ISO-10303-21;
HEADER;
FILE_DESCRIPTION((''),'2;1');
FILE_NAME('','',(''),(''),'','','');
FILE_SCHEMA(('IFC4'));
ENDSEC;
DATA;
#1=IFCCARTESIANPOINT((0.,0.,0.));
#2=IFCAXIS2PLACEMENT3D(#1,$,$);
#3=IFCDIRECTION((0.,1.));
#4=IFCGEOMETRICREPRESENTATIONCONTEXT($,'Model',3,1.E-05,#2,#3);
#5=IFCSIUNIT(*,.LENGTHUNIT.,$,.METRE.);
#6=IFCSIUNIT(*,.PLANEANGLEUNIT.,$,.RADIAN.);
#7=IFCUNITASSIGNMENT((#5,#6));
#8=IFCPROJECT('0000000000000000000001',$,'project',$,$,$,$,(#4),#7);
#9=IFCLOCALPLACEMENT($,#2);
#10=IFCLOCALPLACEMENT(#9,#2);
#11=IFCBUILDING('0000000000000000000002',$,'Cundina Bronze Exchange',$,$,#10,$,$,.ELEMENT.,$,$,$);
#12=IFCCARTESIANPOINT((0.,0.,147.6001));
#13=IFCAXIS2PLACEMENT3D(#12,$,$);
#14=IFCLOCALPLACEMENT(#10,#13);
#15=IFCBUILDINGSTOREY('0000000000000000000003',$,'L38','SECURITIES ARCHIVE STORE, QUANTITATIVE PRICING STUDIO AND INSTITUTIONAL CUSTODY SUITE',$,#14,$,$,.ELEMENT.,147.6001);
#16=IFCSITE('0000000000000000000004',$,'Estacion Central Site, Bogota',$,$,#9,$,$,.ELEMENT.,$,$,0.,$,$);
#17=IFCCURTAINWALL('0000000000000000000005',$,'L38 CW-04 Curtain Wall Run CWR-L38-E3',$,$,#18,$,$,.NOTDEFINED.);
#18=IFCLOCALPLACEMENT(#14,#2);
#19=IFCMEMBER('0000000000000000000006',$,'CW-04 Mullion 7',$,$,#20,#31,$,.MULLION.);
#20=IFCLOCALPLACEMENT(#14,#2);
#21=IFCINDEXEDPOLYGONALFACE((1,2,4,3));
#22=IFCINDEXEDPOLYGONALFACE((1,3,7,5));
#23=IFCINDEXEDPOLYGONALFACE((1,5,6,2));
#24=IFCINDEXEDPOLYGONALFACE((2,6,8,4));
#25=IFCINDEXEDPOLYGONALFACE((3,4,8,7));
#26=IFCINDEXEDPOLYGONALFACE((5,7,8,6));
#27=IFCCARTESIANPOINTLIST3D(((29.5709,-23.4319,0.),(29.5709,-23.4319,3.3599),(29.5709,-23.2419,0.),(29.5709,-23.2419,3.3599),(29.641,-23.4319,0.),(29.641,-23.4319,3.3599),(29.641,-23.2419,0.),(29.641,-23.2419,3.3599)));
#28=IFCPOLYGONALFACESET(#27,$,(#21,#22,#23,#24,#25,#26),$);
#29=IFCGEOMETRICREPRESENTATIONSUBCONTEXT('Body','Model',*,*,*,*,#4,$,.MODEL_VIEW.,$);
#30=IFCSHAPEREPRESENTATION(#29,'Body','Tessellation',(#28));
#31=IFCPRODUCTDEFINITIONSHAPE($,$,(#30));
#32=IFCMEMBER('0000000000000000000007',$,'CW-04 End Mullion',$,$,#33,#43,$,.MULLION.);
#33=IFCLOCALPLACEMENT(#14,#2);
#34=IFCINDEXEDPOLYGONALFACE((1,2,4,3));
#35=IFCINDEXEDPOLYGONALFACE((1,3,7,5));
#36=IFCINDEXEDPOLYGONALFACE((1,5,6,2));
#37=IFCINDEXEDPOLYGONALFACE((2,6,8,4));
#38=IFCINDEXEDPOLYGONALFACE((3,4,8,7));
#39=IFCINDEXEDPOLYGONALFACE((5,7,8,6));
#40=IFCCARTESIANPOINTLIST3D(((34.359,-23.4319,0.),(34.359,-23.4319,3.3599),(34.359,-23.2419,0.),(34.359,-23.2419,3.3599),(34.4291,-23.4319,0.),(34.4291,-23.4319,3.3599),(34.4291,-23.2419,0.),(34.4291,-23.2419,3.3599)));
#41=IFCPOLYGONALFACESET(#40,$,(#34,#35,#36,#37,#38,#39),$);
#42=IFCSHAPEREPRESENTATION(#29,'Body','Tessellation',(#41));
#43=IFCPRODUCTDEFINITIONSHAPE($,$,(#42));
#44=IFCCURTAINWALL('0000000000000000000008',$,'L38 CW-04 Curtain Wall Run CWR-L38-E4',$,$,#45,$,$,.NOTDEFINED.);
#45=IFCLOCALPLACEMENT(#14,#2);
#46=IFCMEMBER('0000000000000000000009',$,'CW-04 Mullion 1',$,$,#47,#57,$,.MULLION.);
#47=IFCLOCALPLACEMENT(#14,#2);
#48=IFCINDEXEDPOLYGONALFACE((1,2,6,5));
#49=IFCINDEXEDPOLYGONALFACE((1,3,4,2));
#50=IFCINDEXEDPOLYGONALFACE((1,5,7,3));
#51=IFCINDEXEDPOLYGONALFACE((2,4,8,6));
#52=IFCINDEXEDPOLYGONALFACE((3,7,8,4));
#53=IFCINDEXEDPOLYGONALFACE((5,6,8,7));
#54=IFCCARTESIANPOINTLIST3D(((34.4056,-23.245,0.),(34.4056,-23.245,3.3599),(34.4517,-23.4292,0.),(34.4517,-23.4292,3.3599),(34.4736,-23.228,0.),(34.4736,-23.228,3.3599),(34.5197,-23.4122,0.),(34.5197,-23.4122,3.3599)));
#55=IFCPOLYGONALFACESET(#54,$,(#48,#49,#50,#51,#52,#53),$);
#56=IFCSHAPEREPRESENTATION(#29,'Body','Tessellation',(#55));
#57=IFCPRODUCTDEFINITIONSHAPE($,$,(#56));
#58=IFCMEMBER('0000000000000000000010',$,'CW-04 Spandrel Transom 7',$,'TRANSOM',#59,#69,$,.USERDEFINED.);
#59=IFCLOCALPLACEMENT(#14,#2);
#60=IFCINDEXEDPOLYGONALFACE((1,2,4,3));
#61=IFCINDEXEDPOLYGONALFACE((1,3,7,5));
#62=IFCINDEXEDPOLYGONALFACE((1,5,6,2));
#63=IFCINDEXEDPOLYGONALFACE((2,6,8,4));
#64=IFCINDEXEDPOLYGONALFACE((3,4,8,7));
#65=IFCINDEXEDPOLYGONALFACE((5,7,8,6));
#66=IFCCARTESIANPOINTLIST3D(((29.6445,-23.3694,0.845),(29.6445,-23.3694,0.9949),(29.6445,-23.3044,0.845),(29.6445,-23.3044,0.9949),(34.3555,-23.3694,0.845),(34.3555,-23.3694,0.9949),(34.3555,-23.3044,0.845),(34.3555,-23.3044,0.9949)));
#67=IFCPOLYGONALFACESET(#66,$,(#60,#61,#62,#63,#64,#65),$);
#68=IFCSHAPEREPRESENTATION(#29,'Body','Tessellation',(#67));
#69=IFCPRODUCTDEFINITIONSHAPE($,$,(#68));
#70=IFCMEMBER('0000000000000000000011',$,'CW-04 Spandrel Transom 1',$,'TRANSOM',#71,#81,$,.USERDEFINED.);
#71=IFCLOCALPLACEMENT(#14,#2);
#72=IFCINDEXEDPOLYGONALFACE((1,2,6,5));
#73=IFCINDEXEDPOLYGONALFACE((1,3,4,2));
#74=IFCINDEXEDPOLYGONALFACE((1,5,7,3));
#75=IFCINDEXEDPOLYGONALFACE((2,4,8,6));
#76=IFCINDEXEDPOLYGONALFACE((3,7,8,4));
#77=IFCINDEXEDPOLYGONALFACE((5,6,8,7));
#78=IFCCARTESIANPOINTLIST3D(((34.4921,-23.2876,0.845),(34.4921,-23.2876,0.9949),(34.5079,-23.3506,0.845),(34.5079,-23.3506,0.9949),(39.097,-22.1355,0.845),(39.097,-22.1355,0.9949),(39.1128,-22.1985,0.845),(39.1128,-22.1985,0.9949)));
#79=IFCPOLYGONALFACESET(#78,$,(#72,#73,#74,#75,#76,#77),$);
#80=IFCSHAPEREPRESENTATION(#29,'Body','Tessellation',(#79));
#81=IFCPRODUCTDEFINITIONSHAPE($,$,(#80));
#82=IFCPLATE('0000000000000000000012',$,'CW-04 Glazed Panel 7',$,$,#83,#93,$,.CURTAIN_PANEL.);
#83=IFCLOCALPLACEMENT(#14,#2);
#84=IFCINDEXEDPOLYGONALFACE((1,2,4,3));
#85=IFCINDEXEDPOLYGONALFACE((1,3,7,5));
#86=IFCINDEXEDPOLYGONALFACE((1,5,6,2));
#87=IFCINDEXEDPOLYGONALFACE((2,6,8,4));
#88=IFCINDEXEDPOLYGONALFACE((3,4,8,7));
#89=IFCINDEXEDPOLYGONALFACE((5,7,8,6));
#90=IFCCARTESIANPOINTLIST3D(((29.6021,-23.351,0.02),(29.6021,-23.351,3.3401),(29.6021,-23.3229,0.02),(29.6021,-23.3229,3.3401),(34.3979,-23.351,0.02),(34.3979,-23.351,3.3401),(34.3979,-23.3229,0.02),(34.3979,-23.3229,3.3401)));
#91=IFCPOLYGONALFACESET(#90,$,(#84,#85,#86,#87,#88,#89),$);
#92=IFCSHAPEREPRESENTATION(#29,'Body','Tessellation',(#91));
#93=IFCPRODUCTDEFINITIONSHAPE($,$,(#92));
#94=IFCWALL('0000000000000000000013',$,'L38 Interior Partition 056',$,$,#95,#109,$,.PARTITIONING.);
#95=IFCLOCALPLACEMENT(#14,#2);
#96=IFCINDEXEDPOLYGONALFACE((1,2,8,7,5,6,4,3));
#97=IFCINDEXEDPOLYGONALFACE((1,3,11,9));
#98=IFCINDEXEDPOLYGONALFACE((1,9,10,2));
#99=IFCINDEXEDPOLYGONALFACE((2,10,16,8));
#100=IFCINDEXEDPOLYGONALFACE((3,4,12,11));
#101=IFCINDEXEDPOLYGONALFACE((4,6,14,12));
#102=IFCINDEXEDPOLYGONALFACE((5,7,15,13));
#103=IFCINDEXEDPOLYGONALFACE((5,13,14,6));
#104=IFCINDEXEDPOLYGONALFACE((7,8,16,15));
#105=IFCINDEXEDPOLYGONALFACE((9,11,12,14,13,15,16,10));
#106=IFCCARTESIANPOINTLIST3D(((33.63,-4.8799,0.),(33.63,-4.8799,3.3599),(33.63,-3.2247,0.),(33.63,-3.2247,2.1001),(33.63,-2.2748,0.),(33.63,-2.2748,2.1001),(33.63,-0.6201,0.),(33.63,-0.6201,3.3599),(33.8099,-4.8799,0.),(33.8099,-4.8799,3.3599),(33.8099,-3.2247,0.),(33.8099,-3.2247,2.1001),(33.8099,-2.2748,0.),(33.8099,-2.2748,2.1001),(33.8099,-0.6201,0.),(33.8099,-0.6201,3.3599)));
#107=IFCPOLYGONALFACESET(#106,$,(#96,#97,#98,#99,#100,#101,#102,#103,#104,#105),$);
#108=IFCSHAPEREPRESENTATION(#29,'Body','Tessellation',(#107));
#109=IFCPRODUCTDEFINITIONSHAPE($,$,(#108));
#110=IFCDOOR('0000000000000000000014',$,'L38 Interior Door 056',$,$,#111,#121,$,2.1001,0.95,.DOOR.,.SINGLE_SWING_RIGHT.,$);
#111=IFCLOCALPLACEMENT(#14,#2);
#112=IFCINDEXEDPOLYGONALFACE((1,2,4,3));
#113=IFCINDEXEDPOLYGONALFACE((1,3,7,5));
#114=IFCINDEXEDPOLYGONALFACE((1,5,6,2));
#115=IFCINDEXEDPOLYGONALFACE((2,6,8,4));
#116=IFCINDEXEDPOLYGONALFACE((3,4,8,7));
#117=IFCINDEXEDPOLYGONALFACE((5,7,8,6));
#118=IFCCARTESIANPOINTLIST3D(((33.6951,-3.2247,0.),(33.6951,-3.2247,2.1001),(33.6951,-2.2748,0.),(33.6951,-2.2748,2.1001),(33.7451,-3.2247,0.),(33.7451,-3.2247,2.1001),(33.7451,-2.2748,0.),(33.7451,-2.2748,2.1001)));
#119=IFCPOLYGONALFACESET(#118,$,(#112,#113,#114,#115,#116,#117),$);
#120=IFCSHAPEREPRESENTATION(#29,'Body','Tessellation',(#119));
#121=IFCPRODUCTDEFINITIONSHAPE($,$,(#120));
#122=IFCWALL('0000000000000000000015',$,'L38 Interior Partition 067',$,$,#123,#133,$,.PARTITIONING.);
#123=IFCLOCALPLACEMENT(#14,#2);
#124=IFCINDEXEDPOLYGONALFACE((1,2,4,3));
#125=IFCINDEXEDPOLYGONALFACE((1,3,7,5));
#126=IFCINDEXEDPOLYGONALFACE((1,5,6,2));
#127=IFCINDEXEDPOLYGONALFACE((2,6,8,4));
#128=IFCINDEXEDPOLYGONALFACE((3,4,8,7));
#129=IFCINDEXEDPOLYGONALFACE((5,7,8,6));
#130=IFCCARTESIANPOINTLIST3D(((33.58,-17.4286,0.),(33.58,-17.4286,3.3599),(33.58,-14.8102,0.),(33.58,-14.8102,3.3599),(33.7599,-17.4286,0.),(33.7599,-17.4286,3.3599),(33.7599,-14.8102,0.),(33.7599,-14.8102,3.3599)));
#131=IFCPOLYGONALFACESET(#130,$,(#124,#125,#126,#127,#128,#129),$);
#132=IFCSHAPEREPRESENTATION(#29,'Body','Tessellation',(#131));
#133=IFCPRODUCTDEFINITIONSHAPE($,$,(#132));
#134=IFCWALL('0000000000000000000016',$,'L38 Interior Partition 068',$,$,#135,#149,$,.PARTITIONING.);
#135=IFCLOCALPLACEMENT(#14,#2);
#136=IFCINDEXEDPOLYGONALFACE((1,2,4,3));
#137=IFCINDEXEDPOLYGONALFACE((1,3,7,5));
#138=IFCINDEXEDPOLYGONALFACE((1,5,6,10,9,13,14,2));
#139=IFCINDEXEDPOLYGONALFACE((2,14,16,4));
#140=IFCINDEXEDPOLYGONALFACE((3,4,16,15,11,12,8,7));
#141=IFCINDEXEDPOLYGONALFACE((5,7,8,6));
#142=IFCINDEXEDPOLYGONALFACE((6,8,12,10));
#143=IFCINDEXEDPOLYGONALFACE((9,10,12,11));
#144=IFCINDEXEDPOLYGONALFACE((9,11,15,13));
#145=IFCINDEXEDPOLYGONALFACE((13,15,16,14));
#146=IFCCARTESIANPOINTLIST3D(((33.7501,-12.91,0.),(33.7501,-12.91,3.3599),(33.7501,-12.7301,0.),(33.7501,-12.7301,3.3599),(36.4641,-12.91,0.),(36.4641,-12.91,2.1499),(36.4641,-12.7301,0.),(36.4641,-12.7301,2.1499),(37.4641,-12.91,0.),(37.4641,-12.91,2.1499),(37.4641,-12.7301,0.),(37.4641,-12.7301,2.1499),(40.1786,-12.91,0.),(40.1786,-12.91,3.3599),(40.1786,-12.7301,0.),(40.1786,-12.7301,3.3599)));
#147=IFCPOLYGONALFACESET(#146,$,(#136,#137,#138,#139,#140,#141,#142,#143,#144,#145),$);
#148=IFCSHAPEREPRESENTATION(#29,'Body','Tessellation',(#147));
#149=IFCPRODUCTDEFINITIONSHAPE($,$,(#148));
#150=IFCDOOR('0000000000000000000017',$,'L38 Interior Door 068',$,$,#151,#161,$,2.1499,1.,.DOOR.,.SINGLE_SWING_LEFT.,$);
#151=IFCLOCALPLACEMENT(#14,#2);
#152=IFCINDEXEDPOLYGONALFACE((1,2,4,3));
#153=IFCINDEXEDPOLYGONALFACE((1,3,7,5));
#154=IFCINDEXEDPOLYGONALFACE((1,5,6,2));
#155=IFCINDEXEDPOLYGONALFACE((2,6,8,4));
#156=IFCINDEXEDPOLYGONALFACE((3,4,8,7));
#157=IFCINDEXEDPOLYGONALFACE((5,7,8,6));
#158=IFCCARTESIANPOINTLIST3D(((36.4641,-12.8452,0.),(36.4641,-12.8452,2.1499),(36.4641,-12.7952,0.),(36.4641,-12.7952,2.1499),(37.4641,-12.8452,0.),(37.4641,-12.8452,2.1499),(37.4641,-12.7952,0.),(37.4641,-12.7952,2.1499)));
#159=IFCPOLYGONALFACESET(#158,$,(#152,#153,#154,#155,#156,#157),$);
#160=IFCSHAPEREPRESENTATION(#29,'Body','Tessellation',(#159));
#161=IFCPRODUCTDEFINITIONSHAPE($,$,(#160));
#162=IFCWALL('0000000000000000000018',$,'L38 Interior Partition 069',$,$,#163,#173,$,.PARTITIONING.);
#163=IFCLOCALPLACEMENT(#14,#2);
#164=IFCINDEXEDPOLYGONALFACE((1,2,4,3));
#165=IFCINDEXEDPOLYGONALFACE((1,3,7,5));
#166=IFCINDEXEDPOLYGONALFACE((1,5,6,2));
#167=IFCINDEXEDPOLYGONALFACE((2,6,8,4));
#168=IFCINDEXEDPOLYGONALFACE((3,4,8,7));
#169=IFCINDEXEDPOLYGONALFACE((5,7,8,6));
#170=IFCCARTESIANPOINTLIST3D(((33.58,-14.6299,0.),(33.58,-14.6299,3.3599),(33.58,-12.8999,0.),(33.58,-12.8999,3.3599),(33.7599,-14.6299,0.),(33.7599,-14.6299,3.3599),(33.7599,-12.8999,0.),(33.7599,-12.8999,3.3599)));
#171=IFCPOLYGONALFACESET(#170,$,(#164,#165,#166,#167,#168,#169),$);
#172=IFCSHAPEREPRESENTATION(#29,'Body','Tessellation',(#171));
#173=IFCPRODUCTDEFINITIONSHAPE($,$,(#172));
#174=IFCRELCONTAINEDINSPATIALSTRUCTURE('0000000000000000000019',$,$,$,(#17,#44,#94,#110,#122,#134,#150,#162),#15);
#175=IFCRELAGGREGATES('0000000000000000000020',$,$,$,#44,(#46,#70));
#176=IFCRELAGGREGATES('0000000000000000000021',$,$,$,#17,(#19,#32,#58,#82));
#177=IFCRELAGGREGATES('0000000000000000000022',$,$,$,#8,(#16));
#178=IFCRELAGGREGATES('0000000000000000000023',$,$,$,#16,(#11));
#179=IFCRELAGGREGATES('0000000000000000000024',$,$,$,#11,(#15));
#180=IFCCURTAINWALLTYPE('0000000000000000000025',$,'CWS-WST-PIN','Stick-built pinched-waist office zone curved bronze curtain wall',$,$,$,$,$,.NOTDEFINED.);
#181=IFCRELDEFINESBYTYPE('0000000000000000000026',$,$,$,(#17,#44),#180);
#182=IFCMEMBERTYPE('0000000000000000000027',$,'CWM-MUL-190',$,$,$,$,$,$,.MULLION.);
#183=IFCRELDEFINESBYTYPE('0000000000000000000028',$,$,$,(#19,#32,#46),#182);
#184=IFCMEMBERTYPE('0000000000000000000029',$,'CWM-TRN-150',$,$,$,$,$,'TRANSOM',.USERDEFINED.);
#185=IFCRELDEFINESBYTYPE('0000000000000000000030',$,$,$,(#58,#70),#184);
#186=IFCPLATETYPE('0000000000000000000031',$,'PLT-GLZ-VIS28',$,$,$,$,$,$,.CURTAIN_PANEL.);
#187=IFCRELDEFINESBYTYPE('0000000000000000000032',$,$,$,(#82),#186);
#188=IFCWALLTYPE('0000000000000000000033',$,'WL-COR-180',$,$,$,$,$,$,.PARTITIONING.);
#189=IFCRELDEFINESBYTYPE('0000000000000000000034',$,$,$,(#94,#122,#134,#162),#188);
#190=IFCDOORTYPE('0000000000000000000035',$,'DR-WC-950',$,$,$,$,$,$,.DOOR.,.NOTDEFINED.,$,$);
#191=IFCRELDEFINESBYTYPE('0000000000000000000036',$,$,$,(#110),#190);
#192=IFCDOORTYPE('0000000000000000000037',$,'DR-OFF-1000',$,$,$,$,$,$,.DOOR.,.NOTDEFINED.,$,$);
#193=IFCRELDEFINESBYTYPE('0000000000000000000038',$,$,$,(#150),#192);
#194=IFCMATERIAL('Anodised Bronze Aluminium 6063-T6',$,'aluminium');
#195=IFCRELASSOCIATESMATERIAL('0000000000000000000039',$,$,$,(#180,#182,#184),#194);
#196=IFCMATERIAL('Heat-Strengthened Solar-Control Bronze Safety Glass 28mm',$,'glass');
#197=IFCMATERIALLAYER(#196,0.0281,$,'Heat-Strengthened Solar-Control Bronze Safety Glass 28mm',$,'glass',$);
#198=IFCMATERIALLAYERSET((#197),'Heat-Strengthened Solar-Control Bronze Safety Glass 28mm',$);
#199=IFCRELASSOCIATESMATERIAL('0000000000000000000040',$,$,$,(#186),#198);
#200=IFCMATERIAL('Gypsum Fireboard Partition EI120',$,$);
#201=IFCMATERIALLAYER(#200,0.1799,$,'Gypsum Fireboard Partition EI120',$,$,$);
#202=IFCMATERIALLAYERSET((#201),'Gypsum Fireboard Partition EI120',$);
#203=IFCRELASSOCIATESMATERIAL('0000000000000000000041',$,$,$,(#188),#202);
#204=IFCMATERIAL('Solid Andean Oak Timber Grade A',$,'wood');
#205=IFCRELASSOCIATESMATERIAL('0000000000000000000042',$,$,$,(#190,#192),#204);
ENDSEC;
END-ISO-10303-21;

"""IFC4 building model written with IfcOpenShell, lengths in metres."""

from ifc_helpers import new_model, si_unit, direction, frame, frame_2d, origin, origin_2d, place, context, subcontext, project, spatial, rectangle, extrude, material, layer, layer_set, material_profile, profile_set, type_object, element, fill, aggregate, save


model = new_model("IFC4")

# Units and contexts
model_context = context("Model", 3, precision=1e-05, world=origin(), true_north=direction((0.0, 1.0)))
body_context = subcontext(model_context, "Body", "Model", "MODEL_VIEW")
ifc_project = project(units=[si_unit("LENGTHUNIT", "METRE"), si_unit("PLANEANGLEUNIT", "RADIAN")], contexts=[model_context])

# Site, building, storey
site_placement = place(None, origin())
site = spatial("IfcSite", under=ifc_project, at=site_placement, Name="Estacion Central Site, Bogota", CompositionType="ELEMENT", RefElevation=0.0)
building_placement = place(site_placement, origin())
building = spatial("IfcBuilding", under=site, at=building_placement, Name="Cundina Bronze Exchange", CompositionType="ELEMENT")
storey_placement = place(building_placement, frame((0.0, 0.0, 147.6001)))
storey = spatial("IfcBuildingStorey", under=building, at=storey_placement, Name="L38", Description="SECURITIES ARCHIVE STORE, QUANTITATIVE PRICING STUDIO AND INSTITUTIONAL CUSTODY SUITE", CompositionType="ELEMENT", Elevation=147.6001)

# Curtain wall, members
ifc_material_1 = material(Name="Anodised Bronze Aluminium 6063-T6", Category="aluminium")
curtain_wall_type = type_object("IfcCurtainWallType", Name="CWS-WST-PIN", Description="Stick-built pinched-waist office zone curved bronze curtain wall", PredefinedType="NOTDEFINED", material=ifc_material_1)
curtain_wall_1_placement = place(storey_placement, origin())
curtain_wall_1 = element("IfcCurtainWall", 1, at=curtain_wall_1_placement, inside=storey, type_object=curtain_wall_type, Name="L38 CW-04 Curtain Wall Run CWR-L38-E3", PredefinedType="NOTDEFINED")
ifc_material_profile_1 = material_profile(ifc_material_1, rectangle(XDim=0.0701, YDim=0.1899, at=origin_2d()), Name="AL70X190", Category="aluminium")
ifc_profile_set_1 = profile_set([ifc_material_profile_1], Name="Anodised Bronze Aluminium 6063-T6")
member_type_1 = type_object("IfcMemberType", Name="CWM-MUL-190", PredefinedType="MULLION", material=ifc_profile_set_1)
member_1_placement = place(storey_placement, frame((29.606, -23.3369, 0.0), z_axis=(0.0, 0.0, 1.0), x_axis=(1.0, 0.0, 0.0)))
member_1 = element("IfcMember", 2, at=member_1_placement, type_object=member_type_1, Name="CW-04 Mullion 7", PredefinedType="MULLION", context=body_context, shape_type="SweptSolid", body=[
    extrude(rectangle(XDim=0.0701, YDim=0.1899, at=origin_2d()), origin(), (0.0, 0.0, 1.0), 3.3599),
])
member_2_placement = place(storey_placement, frame((34.394, -23.3369, 0.0), z_axis=(0.0, 0.0, 1.0), x_axis=(1.0, 0.0, 0.0)))
member_2 = element("IfcMember", 3, at=member_2_placement, type_object=member_type_1, Name="CW-04 End Mullion", PredefinedType="MULLION", context=body_context, shape_type="SweptSolid", body=[
    extrude(rectangle(XDim=0.0701, YDim=0.1899, at=origin_2d()), origin(), (0.0, 0.0, 1.0), 3.3599),
])

# Curtain wall, member
curtain_wall_2_placement = place(storey_placement, origin())
curtain_wall_2 = element("IfcCurtainWall", 4, at=curtain_wall_2_placement, inside=storey, type_object=curtain_wall_type, Name="L38 CW-04 Curtain Wall Run CWR-L38-E4", PredefinedType="NOTDEFINED")
member_3_placement = place(storey_placement, frame((34.4626, -23.3286, 0.0), z_axis=(0.0, 0.0, 1.0), x_axis=(0.970084, 0.242769, 0.0)))
member_3 = element("IfcMember", 5, at=member_3_placement, type_object=member_type_1, Name="CW-04 Mullion 1", PredefinedType="MULLION", context=body_context, shape_type="SweptSolid", body=[
    extrude(rectangle(XDim=0.0701, YDim=0.1899, at=origin_2d()), origin(), (0.0, 0.0, 1.0), 3.3599),
])

# Members
ifc_material_profile_2 = material_profile(ifc_material_1, rectangle(XDim=0.0649, YDim=0.1499, at=origin_2d()), Name="AL65X150", Category="aluminium")
ifc_profile_set_2 = profile_set([ifc_material_profile_2], Name="Anodised Bronze Aluminium 6063-T6")
member_type_2 = type_object("IfcMemberType", Name="CWM-TRN-150", ElementType="TRANSOM", PredefinedType="USERDEFINED", material=ifc_profile_set_2)
member_4_placement = place(storey_placement, frame((29.6445, -23.3369, 0.9199), z_axis=(1.0, 0.0, 0.0), x_axis=(0.0, 1.0, 0.0)))
member_4 = element("IfcMember", 6, at=member_4_placement, type_object=member_type_2, Name="CW-04 Spandrel Transom 7", ObjectType="TRANSOM", PredefinedType="USERDEFINED", context=body_context, shape_type="SweptSolid", body=[
    extrude(rectangle(XDim=0.0649, YDim=0.1499, at=origin_2d()), origin(), (0.0, 0.0, 1.0), 4.7109),
])
member_5_placement = place(storey_placement, frame((34.5, -23.3191, 0.9199), z_axis=(0.9701, 0.242705, 0.0), x_axis=(-0.242705, 0.9701, 0.0)))
member_5 = element("IfcMember", 7, at=member_5_placement, type_object=member_type_2, Name="CW-04 Spandrel Transom 1", ObjectType="TRANSOM", PredefinedType="USERDEFINED", context=body_context, shape_type="SweptSolid", body=[
    extrude(rectangle(XDim=0.0649, YDim=0.1499, at=origin_2d()), origin(), (0.0, 0.0, 1.0), 4.7468),
])
aggregate(curtain_wall_2, [member_3, member_5])

# Plate
ifc_material_2 = material(Name="Heat-Strengthened Solar-Control Bronze Safety Glass 28mm", Category="glass")
ifc_layer_1 = layer(ifc_material_2, 0.0281, Name="Heat-Strengthened Solar-Control Bronze Safety Glass 28mm", Category="glass")
ifc_layer_set_1 = layer_set([ifc_layer_1], Name="Heat-Strengthened Solar-Control Bronze Safety Glass 28mm")
plate_type = type_object("IfcPlateType", Name="PLT-GLZ-VIS28", PredefinedType="CURTAIN_PANEL", material=ifc_layer_set_1)
plate_placement = place(storey_placement, frame((32.0, -23.3369, 0.02), z_axis=(0.0, 0.0, 1.0), x_axis=(1.0, 0.0, 0.0)))
plate = element("IfcPlate", 8, at=plate_placement, type_object=plate_type, Name="CW-04 Glazed Panel 7", PredefinedType="CURTAIN_PANEL", context=body_context, shape_type="SweptSolid", body=[
    extrude(rectangle(XDim=4.7959, YDim=0.0281, at=origin_2d()), origin(), (0.0, 0.0, 1.0), 3.3201),
])
aggregate(curtain_wall_1, [member_1, member_2, member_4, plate])

# Wall, opening, door
ifc_material_3 = material(Name="Gypsum Fireboard Partition EI120")
ifc_layer_2 = layer(ifc_material_3, 0.1799, Name="Gypsum Fireboard Partition EI120")
ifc_layer_set_2 = layer_set([ifc_layer_2], Name="Gypsum Fireboard Partition EI120")
wall_type_1 = type_object("IfcWallType", Name="WL-COR-180", PredefinedType="PARTITIONING", material=ifc_layer_set_2)
wall_1_placement = place(storey_placement, frame((33.72, -4.8799, 0.0), z_axis=(0.0, 0.0, 1.0), x_axis=(0.0, 1.0, 0.0)))
wall_1 = element("IfcWall", 9, at=wall_1_placement, inside=storey, type_object=wall_type_1, Name="L38 Interior Partition 056", PredefinedType="PARTITIONING", context=body_context, shape_type="SweptSolid", body=[
    extrude(rectangle(XDim=4.2598, YDim=0.1799, at=frame_2d((2.1299, 0.0))), origin(), (0.0, 0.0, 1.0), 3.3599),
])
opening_1_placement = place(wall_1_placement, frame((1.655, 0.0, 0.0)))
opening_1 = element("IfcOpeningElement", 10, at=opening_1_placement, cuts=wall_1, PredefinedType="OPENING", context=body_context, shape_type="SweptSolid", body=[
    extrude(rectangle(XDim=0.95, YDim=2.1001, at=frame_2d((0.4751, 1.05))), frame((0.0, 0.0999, 0.0), z_axis=(0.0, -1.0, 0.0), x_axis=(1.0, 0.0, 0.0)), (0.0, 0.0, 1.0), 0.2),
])
ifc_material_4 = material(Name="Solid Andean Oak Timber Grade A", Category="wood")
door_type_1 = type_object("IfcDoorType", Name="DR-WC-950", OperationType="NOTDEFINED", PredefinedType="DOOR", material=ifc_material_4)
door_1_placement = place(opening_1_placement, origin())
door_1 = element("IfcDoor", 11, at=door_1_placement, inside=storey, type_object=door_type_1, Name="L38 Interior Door 056", OperationType="SINGLE_SWING_RIGHT", OverallHeight=2.1001, OverallWidth=0.95, PredefinedType="DOOR", context=body_context, shape_type="SweptSolid", body=[
    extrude(rectangle(XDim=0.95, YDim=2.1001, at=frame_2d((0.4751, 1.05))), frame((0.0, 0.0249, 0.0), z_axis=(0.0, -1.0, 0.0), x_axis=(1.0, 0.0, 0.0)), (0.0, 0.0, 1.0), 0.05),
])
fill(opening_1, door_1)
door_type_2 = type_object("IfcDoorType", Name="DR-OFF-1000", OperationType="NOTDEFINED", PredefinedType="DOOR", material=ifc_material_4)

# Wall
wall_2_placement = place(storey_placement, frame((33.6699, -17.4285, 0.0), z_axis=(0.0, 0.0, 1.0), x_axis=(0.0, 1.0, 0.0)))
element("IfcWall", 12, at=wall_2_placement, inside=storey, type_object=wall_type_1, Name="L38 Interior Partition 067", PredefinedType="PARTITIONING", context=body_context, shape_type="SweptSolid", body=[
    extrude(rectangle(XDim=2.6184, YDim=0.1799, at=frame_2d((1.3091, 0.0))), origin(), (0.0, 0.0, 1.0), 3.3599),
])

# Wall, opening, door
wall_3_placement = place(storey_placement, frame((33.75, -12.8201, 0.0), z_axis=(0.0, 0.0, 1.0), x_axis=(1.0, 0.0, 0.0)))
wall_3 = element("IfcWall", 13, at=wall_3_placement, inside=storey, type_object=wall_type_1, Name="L38 Interior Partition 068", PredefinedType="PARTITIONING", context=body_context, shape_type="SweptSolid", body=[
    extrude(rectangle(XDim=6.4285, YDim=0.1799, at=frame_2d((3.2144, 0.0))), origin(), (0.0, 0.0, 1.0), 3.3599),
])
opening_2_placement = place(wall_3_placement, frame((2.7141, 0.0, 0.0)))
opening_2 = element("IfcOpeningElement", 14, at=opening_2_placement, cuts=wall_3, PredefinedType="OPENING", context=body_context, shape_type="SweptSolid", body=[
    extrude(rectangle(XDim=1.0, YDim=2.1499, at=frame_2d((0.5, 1.075))), frame((0.0, 0.0999, 0.0), z_axis=(0.0, -1.0, 0.0), x_axis=(1.0, 0.0, 0.0)), (0.0, 0.0, 1.0), 0.2),
])
door_2_placement = place(opening_2_placement, origin())
door_2 = element("IfcDoor", 15, at=door_2_placement, inside=storey, type_object=door_type_2, Name="L38 Interior Door 068", OperationType="SINGLE_SWING_LEFT", OverallHeight=2.1499, OverallWidth=1.0, PredefinedType="DOOR", context=body_context, shape_type="SweptSolid", body=[
    extrude(rectangle(XDim=1.0, YDim=2.1499, at=frame_2d((0.5, 1.075))), frame((0.0, 0.0249, 0.0), z_axis=(0.0, -1.0, 0.0), x_axis=(1.0, 0.0, 0.0)), (0.0, 0.0, 1.0), 0.05),
])
fill(opening_2, door_2)

# Wall
wall_4_placement = place(storey_placement, frame((33.6699, -14.6299, 0.0), z_axis=(0.0, 0.0, 1.0), x_axis=(0.0, 1.0, 0.0)))
element("IfcWall", 16, at=wall_4_placement, inside=storey, type_object=wall_type_1, Name="L38 Interior Partition 069", PredefinedType="PARTITIONING", context=body_context, shape_type="SweptSolid", body=[
    extrude(rectangle(XDim=1.73, YDim=0.1799, at=frame_2d((0.865, 0.0))), origin(), (0.0, 0.0, 1.0), 3.3599),
])

save(model, "model.ifc")
